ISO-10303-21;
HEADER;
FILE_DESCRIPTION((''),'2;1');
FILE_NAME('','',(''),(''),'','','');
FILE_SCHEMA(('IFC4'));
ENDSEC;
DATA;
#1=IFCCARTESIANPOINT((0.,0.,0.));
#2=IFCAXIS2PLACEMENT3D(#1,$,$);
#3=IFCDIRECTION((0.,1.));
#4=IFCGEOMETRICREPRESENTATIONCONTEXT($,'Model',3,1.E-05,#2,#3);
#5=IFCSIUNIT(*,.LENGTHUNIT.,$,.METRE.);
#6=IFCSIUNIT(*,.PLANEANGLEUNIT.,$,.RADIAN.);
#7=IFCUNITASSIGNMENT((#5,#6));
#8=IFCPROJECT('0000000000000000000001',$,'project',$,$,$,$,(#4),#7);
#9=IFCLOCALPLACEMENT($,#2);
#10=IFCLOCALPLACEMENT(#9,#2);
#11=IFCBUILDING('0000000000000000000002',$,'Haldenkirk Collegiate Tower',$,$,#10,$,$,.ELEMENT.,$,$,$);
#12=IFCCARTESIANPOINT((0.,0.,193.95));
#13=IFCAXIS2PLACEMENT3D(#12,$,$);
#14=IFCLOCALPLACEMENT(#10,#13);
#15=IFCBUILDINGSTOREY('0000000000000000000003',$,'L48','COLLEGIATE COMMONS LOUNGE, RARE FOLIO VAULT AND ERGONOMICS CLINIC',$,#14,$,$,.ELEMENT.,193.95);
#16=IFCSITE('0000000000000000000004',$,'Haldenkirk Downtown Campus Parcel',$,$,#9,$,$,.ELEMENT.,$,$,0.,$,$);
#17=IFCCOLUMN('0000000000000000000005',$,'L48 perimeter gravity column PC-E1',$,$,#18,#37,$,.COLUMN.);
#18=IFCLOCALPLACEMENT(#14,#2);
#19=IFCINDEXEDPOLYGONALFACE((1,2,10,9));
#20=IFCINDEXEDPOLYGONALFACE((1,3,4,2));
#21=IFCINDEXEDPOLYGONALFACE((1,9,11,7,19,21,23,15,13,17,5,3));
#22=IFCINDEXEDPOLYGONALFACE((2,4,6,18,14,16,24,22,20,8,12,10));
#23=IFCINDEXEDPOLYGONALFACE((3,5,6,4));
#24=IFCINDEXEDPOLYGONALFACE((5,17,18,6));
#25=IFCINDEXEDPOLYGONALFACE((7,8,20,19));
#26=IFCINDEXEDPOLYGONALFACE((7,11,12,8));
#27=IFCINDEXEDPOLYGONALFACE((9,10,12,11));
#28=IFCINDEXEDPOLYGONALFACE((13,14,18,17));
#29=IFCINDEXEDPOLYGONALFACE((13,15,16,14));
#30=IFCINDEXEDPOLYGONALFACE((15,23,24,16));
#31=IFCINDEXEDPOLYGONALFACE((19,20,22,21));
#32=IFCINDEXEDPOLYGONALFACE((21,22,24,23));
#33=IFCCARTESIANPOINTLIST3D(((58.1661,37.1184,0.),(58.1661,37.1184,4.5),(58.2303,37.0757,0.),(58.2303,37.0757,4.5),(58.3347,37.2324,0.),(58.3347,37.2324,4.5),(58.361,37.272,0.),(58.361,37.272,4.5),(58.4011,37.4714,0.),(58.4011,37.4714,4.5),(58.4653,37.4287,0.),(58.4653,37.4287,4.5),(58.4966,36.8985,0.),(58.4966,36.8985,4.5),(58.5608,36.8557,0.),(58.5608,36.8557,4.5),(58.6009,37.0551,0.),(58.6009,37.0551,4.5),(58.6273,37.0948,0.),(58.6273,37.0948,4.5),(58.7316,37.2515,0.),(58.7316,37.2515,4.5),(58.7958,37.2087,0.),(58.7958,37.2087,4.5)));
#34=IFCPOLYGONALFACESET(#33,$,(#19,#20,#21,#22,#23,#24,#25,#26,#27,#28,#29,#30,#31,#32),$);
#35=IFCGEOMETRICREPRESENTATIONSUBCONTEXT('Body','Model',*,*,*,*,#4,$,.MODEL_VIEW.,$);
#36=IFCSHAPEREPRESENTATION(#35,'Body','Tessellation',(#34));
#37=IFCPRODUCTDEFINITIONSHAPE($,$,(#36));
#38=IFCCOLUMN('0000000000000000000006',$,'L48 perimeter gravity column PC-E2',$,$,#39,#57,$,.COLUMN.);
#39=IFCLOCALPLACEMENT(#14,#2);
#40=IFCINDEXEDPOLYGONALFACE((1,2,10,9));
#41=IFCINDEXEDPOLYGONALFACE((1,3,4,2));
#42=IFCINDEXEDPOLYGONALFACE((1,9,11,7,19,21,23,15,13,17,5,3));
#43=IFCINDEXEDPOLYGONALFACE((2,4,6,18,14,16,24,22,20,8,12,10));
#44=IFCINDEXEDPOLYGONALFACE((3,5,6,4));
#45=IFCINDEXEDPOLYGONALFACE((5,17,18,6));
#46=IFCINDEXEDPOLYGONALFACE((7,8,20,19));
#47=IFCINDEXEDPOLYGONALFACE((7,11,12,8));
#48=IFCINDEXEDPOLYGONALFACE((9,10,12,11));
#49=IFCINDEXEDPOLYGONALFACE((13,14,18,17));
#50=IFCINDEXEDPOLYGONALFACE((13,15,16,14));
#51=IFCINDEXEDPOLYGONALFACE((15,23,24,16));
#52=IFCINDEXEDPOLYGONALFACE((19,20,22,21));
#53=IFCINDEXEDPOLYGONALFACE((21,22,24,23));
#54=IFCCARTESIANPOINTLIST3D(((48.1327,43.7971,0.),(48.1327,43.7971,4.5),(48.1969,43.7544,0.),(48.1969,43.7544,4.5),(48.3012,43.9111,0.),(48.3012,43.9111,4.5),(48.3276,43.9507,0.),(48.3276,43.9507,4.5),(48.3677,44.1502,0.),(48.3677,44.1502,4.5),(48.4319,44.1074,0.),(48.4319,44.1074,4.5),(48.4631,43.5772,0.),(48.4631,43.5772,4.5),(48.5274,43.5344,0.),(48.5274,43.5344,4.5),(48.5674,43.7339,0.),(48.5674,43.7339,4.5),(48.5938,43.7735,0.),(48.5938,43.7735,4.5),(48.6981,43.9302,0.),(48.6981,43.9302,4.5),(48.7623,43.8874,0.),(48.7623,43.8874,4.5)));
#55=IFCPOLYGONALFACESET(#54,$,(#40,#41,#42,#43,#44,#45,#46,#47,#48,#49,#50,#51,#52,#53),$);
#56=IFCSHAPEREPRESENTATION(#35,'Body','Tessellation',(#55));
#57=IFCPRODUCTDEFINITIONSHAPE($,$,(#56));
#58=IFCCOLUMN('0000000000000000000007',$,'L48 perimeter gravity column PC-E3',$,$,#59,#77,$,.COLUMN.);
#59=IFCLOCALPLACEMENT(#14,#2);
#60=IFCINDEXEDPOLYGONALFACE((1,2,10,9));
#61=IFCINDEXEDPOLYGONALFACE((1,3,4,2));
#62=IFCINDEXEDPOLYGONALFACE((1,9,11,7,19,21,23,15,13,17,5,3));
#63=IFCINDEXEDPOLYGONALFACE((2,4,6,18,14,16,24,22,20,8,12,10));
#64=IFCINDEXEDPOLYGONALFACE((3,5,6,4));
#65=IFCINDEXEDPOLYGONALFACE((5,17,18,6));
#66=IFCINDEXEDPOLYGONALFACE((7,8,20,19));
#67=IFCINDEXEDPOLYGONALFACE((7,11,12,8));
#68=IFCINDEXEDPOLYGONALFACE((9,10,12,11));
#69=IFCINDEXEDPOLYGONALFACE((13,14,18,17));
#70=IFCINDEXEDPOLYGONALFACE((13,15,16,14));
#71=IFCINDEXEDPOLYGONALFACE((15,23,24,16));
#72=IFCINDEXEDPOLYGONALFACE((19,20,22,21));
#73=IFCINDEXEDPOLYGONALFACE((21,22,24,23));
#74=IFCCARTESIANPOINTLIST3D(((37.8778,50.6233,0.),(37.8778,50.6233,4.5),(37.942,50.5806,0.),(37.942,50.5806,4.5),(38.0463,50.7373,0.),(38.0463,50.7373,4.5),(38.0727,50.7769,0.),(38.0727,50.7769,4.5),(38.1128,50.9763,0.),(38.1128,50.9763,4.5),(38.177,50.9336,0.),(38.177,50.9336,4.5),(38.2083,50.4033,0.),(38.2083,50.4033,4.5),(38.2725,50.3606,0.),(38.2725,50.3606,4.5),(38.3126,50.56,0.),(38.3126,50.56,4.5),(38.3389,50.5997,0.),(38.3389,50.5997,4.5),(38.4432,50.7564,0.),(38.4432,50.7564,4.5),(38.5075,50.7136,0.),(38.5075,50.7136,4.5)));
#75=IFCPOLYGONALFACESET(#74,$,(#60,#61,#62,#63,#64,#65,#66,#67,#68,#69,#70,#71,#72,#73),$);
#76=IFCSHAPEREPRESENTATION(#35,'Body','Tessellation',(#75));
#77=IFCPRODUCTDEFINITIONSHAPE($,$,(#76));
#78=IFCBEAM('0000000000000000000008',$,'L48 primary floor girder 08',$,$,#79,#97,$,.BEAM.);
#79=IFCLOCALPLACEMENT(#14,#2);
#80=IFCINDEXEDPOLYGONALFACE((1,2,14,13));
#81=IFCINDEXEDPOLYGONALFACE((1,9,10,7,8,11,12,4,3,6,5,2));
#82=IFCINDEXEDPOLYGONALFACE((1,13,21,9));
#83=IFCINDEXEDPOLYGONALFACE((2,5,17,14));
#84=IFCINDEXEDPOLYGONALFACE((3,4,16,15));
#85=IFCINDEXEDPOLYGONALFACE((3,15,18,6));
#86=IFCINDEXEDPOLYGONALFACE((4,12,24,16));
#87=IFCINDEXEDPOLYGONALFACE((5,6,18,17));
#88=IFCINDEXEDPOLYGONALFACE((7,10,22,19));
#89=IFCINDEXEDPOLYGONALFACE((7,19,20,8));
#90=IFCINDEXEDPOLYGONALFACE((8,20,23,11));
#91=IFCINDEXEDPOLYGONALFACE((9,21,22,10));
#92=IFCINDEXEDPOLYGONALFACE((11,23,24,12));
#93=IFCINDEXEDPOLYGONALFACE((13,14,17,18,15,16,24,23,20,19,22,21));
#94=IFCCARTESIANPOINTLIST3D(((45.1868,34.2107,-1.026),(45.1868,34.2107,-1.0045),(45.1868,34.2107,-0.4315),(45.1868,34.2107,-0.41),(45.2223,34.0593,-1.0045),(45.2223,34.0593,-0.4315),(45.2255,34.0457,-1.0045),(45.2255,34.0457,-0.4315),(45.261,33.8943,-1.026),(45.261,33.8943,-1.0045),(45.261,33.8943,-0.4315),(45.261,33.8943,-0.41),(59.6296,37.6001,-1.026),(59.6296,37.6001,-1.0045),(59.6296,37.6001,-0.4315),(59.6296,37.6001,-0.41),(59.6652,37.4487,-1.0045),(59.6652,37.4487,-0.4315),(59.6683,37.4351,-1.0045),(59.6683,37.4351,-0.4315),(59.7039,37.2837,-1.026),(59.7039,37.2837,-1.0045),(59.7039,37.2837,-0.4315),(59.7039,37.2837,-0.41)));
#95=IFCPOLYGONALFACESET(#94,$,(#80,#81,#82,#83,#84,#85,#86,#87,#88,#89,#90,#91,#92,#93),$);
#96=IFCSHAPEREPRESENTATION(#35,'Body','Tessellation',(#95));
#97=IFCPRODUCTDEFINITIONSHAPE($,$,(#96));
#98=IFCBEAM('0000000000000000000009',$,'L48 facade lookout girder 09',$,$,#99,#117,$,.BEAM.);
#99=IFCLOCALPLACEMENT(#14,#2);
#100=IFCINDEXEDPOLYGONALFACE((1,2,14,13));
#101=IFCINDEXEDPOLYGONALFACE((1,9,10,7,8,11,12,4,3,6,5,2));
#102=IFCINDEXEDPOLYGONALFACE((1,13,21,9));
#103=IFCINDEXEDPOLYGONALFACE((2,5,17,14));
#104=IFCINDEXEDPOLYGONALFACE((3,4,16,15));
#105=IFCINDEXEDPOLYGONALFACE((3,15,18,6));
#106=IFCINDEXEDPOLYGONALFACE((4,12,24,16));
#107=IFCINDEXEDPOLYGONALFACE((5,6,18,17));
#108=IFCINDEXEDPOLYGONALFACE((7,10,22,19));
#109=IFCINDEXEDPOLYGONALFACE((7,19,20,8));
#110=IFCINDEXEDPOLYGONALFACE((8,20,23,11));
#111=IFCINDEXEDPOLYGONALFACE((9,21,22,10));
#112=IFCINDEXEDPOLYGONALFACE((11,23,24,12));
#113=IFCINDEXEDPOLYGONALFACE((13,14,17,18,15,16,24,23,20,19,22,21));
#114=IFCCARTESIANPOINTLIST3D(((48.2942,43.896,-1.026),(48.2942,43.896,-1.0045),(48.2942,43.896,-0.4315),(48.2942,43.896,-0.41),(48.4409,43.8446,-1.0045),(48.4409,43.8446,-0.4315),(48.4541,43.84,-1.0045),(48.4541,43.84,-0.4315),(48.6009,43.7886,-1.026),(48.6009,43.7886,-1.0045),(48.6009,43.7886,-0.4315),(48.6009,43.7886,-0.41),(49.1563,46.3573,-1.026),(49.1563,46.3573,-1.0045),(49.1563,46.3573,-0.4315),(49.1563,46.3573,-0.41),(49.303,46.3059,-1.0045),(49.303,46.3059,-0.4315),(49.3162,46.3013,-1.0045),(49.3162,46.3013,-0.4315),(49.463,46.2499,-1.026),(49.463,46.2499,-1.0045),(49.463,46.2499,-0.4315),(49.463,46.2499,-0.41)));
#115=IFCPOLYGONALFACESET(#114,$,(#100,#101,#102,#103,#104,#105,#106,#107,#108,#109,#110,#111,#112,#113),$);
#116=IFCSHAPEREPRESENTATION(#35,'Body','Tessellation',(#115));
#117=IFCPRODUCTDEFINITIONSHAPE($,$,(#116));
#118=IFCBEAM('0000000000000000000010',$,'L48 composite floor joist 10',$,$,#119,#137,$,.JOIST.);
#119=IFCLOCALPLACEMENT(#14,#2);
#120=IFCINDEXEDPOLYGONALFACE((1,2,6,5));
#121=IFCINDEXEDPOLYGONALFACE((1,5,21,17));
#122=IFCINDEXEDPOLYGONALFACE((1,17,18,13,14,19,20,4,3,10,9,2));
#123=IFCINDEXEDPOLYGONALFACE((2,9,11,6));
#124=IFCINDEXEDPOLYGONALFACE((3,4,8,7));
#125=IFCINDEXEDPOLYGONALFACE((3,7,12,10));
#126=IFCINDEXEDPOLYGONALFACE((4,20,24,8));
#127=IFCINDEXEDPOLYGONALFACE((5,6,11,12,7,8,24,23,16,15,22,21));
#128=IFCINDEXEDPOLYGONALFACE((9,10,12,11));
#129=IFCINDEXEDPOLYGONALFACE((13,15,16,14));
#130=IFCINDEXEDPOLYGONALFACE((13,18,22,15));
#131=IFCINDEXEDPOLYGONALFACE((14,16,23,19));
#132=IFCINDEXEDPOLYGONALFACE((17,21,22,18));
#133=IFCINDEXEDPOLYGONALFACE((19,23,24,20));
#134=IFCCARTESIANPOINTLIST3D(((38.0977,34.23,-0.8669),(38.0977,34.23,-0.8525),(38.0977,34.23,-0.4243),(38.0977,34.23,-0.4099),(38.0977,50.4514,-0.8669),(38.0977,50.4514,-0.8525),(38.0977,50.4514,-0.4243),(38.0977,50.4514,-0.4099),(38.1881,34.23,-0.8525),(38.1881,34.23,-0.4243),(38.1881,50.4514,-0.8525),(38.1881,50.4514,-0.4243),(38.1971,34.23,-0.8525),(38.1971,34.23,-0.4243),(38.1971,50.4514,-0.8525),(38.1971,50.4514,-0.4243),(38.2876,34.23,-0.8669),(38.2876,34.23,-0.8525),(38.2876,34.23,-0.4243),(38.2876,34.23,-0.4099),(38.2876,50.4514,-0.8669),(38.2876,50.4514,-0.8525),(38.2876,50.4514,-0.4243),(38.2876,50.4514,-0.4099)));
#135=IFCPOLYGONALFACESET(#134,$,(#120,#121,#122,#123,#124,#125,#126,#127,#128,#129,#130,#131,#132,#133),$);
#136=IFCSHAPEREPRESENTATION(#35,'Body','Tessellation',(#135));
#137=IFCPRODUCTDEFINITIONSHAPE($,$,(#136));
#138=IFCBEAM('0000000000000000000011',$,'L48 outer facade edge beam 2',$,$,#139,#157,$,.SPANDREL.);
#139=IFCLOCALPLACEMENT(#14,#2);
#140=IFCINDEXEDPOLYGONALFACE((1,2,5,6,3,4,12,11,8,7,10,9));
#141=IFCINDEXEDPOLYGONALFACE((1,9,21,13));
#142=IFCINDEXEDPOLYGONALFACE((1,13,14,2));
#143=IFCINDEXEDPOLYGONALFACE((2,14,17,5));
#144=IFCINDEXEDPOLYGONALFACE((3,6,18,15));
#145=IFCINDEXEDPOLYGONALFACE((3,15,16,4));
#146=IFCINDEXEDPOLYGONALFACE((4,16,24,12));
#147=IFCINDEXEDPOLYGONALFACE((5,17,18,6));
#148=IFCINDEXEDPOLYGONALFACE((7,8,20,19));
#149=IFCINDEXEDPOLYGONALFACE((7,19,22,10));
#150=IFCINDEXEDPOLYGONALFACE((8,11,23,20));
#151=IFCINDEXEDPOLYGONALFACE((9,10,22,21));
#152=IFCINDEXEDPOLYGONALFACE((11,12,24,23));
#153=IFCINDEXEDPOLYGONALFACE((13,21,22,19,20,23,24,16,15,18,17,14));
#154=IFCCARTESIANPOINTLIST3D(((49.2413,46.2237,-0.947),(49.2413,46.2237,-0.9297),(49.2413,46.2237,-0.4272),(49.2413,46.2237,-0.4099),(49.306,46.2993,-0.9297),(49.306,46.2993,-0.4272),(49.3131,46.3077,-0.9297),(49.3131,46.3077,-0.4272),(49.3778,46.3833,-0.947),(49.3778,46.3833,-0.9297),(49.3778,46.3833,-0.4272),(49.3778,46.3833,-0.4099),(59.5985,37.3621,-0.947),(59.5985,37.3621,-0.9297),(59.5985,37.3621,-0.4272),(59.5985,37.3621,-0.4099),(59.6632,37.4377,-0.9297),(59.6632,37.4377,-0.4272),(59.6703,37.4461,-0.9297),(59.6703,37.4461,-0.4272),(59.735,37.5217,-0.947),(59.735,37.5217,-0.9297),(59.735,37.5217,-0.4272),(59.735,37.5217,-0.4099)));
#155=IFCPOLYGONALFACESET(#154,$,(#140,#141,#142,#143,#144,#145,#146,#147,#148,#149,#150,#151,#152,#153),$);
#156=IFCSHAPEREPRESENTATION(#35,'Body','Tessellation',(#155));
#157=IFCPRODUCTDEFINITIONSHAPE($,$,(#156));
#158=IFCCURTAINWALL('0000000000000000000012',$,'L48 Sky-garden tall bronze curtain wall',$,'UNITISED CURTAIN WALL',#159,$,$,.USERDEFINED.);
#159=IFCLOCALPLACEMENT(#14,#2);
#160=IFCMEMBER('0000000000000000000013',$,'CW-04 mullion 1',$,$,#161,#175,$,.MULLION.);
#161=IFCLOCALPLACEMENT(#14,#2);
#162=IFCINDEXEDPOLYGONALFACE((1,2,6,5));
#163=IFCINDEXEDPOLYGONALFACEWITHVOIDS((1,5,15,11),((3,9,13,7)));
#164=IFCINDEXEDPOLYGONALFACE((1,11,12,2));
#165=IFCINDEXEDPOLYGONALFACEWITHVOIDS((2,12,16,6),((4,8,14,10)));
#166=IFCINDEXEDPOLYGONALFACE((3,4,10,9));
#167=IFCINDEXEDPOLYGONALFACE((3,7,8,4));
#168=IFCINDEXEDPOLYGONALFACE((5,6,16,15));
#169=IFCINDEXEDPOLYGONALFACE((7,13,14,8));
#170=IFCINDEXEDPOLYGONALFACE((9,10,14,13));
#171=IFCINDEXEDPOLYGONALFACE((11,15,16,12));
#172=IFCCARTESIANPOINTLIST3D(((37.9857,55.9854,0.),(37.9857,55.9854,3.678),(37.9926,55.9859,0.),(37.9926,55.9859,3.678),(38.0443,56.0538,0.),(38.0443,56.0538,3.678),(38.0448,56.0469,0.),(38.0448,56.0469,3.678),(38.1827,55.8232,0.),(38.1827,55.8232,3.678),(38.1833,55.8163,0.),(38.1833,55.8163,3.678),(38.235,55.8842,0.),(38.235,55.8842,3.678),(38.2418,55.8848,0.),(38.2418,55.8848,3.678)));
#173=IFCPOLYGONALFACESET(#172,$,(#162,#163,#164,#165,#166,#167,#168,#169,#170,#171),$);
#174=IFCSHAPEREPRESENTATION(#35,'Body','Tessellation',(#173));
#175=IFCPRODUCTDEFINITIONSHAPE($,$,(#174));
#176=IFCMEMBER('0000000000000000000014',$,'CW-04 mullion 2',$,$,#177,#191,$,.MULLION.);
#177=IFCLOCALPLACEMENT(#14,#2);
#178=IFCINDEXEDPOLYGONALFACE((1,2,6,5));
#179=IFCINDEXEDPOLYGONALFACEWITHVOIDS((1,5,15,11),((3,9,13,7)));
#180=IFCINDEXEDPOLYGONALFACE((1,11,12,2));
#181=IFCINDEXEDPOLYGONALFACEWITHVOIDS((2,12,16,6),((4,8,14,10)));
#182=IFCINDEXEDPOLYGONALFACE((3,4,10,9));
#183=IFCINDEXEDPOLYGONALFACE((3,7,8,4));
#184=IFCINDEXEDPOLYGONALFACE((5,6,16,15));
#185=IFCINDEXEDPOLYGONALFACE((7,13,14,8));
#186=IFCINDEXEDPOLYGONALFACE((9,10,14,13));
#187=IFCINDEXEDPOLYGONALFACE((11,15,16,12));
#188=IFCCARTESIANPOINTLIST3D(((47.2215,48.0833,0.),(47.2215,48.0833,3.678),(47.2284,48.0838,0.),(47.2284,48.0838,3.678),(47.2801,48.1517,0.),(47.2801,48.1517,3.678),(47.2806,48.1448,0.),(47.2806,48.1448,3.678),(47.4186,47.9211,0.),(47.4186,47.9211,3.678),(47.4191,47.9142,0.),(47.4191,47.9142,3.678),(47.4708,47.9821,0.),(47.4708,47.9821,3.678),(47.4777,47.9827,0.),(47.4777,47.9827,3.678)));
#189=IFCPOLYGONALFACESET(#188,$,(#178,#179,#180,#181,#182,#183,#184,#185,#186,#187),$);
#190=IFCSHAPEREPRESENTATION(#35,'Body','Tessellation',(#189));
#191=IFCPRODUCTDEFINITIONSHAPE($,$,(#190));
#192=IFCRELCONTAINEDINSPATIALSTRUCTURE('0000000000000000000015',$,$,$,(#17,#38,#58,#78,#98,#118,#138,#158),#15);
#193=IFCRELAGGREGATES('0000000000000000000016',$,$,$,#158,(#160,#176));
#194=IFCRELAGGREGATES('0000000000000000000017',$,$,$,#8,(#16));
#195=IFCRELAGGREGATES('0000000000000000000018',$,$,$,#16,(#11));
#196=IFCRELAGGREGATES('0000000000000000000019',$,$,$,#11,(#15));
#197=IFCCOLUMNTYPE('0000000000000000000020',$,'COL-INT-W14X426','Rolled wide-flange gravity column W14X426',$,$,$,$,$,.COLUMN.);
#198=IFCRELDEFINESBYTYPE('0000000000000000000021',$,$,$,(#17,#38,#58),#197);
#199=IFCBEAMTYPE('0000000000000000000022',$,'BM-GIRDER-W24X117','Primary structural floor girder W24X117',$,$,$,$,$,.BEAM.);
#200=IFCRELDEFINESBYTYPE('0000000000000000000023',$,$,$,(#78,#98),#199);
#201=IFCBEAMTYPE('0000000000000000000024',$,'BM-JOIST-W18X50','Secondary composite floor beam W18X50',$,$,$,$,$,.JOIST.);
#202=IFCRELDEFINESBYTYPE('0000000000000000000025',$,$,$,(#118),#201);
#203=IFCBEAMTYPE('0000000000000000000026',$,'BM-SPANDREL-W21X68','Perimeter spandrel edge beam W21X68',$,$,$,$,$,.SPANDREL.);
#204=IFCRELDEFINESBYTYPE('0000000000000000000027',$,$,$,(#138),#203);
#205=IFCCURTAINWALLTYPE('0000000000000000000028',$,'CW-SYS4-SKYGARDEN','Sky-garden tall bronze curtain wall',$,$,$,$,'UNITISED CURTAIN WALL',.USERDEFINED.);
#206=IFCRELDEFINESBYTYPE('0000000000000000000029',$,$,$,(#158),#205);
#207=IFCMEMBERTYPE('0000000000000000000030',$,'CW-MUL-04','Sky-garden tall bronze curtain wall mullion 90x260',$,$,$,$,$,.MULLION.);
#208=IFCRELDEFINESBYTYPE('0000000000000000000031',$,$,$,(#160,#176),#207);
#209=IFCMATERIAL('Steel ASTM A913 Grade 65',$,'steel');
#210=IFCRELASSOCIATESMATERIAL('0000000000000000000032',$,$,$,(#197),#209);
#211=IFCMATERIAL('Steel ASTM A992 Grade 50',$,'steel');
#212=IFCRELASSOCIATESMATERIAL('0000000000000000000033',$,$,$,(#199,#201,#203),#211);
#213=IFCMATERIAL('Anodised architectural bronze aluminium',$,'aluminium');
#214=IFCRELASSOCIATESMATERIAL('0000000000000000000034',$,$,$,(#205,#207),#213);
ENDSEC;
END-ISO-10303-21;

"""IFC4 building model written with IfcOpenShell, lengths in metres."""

from ifc_helpers import new_model, si_unit, direction, frame, origin, origin_2d, place, context, subcontext, project, spatial, hollow_rectangle, i_section, extrude, material, material_profile, profile_set, type_object, element, aggregate, save


model = new_model("IFC4")

# Units and contexts
model_context = context("Model", 3, precision=1e-05, world=origin(), true_north=direction((0.0, 1.0)))
body_context = subcontext(model_context, "Body", "Model", "MODEL_VIEW")
ifc_project = project(units=[si_unit("LENGTHUNIT", "METRE"), si_unit("PLANEANGLEUNIT", "RADIAN")], contexts=[model_context])

# Site, building, storey
site_placement = place(None, origin())
site = spatial("IfcSite", under=ifc_project, at=site_placement, Name="Haldenkirk Downtown Campus Parcel", CompositionType="ELEMENT", RefElevation=0.0)
building_placement = place(site_placement, origin())
building = spatial("IfcBuilding", under=site, at=building_placement, Name="Haldenkirk Collegiate Tower", CompositionType="ELEMENT")
storey_placement = place(building_placement, frame((0.0, 0.0, 193.95)))
storey = spatial("IfcBuildingStorey", under=building, at=storey_placement, Name="L48", Description="COLLEGIATE COMMONS LOUNGE, RARE FOLIO VAULT AND ERGONOMICS CLINIC", CompositionType="ELEMENT", Elevation=193.95)

# Columns
ifc_material_1 = material(Name="Steel ASTM A913 Grade 65", Category="steel")
ifc_material_profile_1 = material_profile(ifc_material_1, i_section(OverallWidth=0.4241, OverallDepth=0.4741, WebThickness=0.0476, FlangeThickness=0.0771, at=origin_2d()), Name="W14X426")
ifc_profile_set_1 = profile_set([ifc_material_profile_1], Name="Steel ASTM A913 Grade 65")
column_type = type_object("IfcColumnType", Name="COL-INT-W14X426", Description="Rolled wide-flange gravity column W14X426", PredefinedType="COLUMN", material=ifc_profile_set_1)
for number, where, z_axis, x_axis, name in (
    (1, (58.481, 37.1636, 0.0), (0.0, 0.0, 1.0), (0.554118, 0.832438, 0.0), "L48 perimeter gravity column PC-E1"),
    (2, (48.4475, 43.8423, 0.0), (0.0, 0.0, 1.0), (0.554118, 0.832438, 0.0), "L48 perimeter gravity column PC-E2"),
    (3, (38.1926, 50.6685, 0.0), (0.0, 0.0, 1.0), (0.554118, 0.832438, 0.0), "L48 perimeter gravity column PC-E3"),
):
    element("IfcColumn", number, at=place(storey_placement, frame(where, z_axis=z_axis, x_axis=x_axis)), inside=storey, type_object=column_type, Name=name, PredefinedType="COLUMN", context=body_context, shape_type="SweptSolid", body=[
        extrude(i_section(OverallWidth=0.4241, OverallDepth=0.4741, WebThickness=0.0476, FlangeThickness=0.0771, at=origin_2d()), origin(), (0.0, 0.0, 1.0), 4.5),
    ])

# Beams
ifc_material_2 = material(Name="Steel ASTM A992 Grade 50", Category="steel")
ifc_material_profile_2 = material_profile(ifc_material_2, i_section(OverallWidth=0.325, OverallDepth=0.616, WebThickness=0.0139, FlangeThickness=0.0215, at=origin_2d()), Name="W24X117")
ifc_profile_set_2 = profile_set([ifc_material_profile_2], Name="Steel ASTM A992 Grade 50")
beam_type_1 = type_object("IfcBeamType", Name="BM-GIRDER-W24X117", Description="Primary structural floor girder W24X117", PredefinedType="BEAM", material=ifc_profile_set_2)
beam_1_placement = place(storey_placement, frame((59.6667, 37.4419, -0.718), z_axis=(-0.973551, -0.22847, 0.0), x_axis=(0.22847, -0.973551, 0.0)))
element("IfcBeam", 4, at=beam_1_placement, inside=storey, type_object=beam_type_1, Name="L48 primary floor girder 08", PredefinedType="BEAM", context=body_context, shape_type="SweptSolid", body=[
    extrude(i_section(OverallWidth=0.325, OverallDepth=0.616, WebThickness=0.0139, FlangeThickness=0.0215, at=origin_2d()), origin(), (0.0, 0.0, 1.0), 14.8352),
])
beam_2_placement = place(storey_placement, frame((48.4475, 43.8423, -0.718), z_axis=(0.330571, 0.943781, 0.0), x_axis=(-0.943781, 0.330571, 0.0)))
element("IfcBeam", 5, at=beam_2_placement, inside=storey, type_object=beam_type_1, Name="L48 facade lookout girder 09", PredefinedType="BEAM", context=body_context, shape_type="SweptSolid", body=[
    extrude(i_section(OverallWidth=0.325, OverallDepth=0.616, WebThickness=0.0139, FlangeThickness=0.0215, at=origin_2d()), origin(), (0.0, 0.0, 1.0), 2.6079),
])
ifc_material_profile_3 = material_profile(ifc_material_2, i_section(OverallWidth=0.1899, OverallDepth=0.457, WebThickness=0.009, FlangeThickness=0.0144, at=origin_2d()), Name="W18X50")
ifc_profile_set_3 = profile_set([ifc_material_profile_3], Name="Steel ASTM A992 Grade 50")
beam_type_2 = type_object("IfcBeamType", Name="BM-JOIST-W18X50", Description="Secondary composite floor beam W18X50", PredefinedType="JOIST", material=ifc_profile_set_3)
beam_3_placement = place(storey_placement, frame((38.1926, 50.4514, -0.6384), z_axis=(0.0, -1.0, 0.0), x_axis=(1.0, 0.0, 0.0)))
element("IfcBeam", 6, at=beam_3_placement, inside=storey, type_object=beam_type_2, Name="L48 composite floor joist 10", PredefinedType="JOIST", context=body_context, shape_type="SweptSolid", body=[
    extrude(i_section(OverallWidth=0.1899, OverallDepth=0.457, WebThickness=0.009, FlangeThickness=0.0144, at=origin_2d()), origin(), (0.0, 0.0, 1.0), 16.2214),
])
ifc_material_profile_4 = material_profile(ifc_material_2, i_section(OverallWidth=0.21, OverallDepth=0.5371, WebThickness=0.011, FlangeThickness=0.0173, at=origin_2d()), Name="W21X68")
ifc_profile_set_4 = profile_set([ifc_material_profile_4], Name="Steel ASTM A992 Grade 50")
beam_type_3 = type_object("IfcBeamType", Name="BM-SPANDREL-W21X68", Description="Perimeter spandrel edge beam W21X68", PredefinedType="SPANDREL", material=ifc_profile_set_4)
beam_4_placement = place(storey_placement, frame((59.6667, 37.4419, -0.6785), z_axis=(-0.759837, 0.650114, 0.0), x_axis=(-0.650114, -0.759837, 0.0)))
element("IfcBeam", 7, at=beam_4_placement, inside=storey, type_object=beam_type_3, Name="L48 outer facade edge beam 2", PredefinedType="SPANDREL", context=body_context, shape_type="SweptSolid", body=[
    extrude(i_section(OverallWidth=0.21, OverallDepth=0.5371, WebThickness=0.011, FlangeThickness=0.0173, at=origin_2d()), origin(), (0.0, 0.0, 1.0), 13.6309),
])

# Curtain wall, members
ifc_material_3 = material(Name="Anodised architectural bronze aluminium", Category="aluminium")
curtain_wall_type = type_object("IfcCurtainWallType", Name="CW-SYS4-SKYGARDEN", Description="Sky-garden tall bronze curtain wall", ElementType="UNITISED CURTAIN WALL", PredefinedType="USERDEFINED", material=ifc_material_3)
curtain_wall_placement = place(storey_placement, origin())
curtain_wall = element("IfcCurtainWall", 8, at=curtain_wall_placement, inside=storey, type_object=curtain_wall_type, Name="L48 Sky-garden tall bronze curtain wall", ObjectType="UNITISED CURTAIN WALL", PredefinedType="USERDEFINED")
ifc_material_profile_5 = material_profile(ifc_material_3, hollow_rectangle(XDim=0.0901, YDim=0.26, WallThickness=0.0049, at=origin_2d()), Name="CW-MUL-04")
ifc_profile_set_5 = profile_set([ifc_material_profile_5], Name="Anodised architectural bronze aluminium")
member_type_1 = type_object("IfcMemberType", Name="CW-MUL-04", Description="Sky-garden tall bronze curtain wall mullion 90x260", PredefinedType="MULLION", material=ifc_profile_set_5)
member_1_placement = place(storey_placement, frame((38.1138, 55.9351, 0.0), z_axis=(0.0, 0.0, 1.0), x_axis=(0.650113, 0.759837, 0.0)))
member_1 = element("IfcMember", 9, at=member_1_placement, type_object=member_type_1, Name="CW-04 mullion 1", PredefinedType="MULLION", context=body_context, shape_type="SweptSolid", body=[
    extrude(hollow_rectangle(XDim=0.0901, YDim=0.26, WallThickness=0.0049, at=origin_2d()), origin(), (0.0, 0.0, 1.0), 3.678),
])
member_2_placement = place(storey_placement, frame((47.3496, 48.033, 0.0), z_axis=(0.0, 0.0, 1.0), x_axis=(0.650113, 0.759837, 0.0)))
member_2 = element("IfcMember", 10, at=member_2_placement, type_object=member_type_1, Name="CW-04 mullion 2", PredefinedType="MULLION", context=body_context, shape_type="SweptSolid", body=[
    extrude(hollow_rectangle(XDim=0.0901, YDim=0.26, WallThickness=0.0049, at=origin_2d()), origin(), (0.0, 0.0, 1.0), 3.678),
])

aggregate(curtain_wall, [member_1, member_2])

save(model, "model.ifc")
